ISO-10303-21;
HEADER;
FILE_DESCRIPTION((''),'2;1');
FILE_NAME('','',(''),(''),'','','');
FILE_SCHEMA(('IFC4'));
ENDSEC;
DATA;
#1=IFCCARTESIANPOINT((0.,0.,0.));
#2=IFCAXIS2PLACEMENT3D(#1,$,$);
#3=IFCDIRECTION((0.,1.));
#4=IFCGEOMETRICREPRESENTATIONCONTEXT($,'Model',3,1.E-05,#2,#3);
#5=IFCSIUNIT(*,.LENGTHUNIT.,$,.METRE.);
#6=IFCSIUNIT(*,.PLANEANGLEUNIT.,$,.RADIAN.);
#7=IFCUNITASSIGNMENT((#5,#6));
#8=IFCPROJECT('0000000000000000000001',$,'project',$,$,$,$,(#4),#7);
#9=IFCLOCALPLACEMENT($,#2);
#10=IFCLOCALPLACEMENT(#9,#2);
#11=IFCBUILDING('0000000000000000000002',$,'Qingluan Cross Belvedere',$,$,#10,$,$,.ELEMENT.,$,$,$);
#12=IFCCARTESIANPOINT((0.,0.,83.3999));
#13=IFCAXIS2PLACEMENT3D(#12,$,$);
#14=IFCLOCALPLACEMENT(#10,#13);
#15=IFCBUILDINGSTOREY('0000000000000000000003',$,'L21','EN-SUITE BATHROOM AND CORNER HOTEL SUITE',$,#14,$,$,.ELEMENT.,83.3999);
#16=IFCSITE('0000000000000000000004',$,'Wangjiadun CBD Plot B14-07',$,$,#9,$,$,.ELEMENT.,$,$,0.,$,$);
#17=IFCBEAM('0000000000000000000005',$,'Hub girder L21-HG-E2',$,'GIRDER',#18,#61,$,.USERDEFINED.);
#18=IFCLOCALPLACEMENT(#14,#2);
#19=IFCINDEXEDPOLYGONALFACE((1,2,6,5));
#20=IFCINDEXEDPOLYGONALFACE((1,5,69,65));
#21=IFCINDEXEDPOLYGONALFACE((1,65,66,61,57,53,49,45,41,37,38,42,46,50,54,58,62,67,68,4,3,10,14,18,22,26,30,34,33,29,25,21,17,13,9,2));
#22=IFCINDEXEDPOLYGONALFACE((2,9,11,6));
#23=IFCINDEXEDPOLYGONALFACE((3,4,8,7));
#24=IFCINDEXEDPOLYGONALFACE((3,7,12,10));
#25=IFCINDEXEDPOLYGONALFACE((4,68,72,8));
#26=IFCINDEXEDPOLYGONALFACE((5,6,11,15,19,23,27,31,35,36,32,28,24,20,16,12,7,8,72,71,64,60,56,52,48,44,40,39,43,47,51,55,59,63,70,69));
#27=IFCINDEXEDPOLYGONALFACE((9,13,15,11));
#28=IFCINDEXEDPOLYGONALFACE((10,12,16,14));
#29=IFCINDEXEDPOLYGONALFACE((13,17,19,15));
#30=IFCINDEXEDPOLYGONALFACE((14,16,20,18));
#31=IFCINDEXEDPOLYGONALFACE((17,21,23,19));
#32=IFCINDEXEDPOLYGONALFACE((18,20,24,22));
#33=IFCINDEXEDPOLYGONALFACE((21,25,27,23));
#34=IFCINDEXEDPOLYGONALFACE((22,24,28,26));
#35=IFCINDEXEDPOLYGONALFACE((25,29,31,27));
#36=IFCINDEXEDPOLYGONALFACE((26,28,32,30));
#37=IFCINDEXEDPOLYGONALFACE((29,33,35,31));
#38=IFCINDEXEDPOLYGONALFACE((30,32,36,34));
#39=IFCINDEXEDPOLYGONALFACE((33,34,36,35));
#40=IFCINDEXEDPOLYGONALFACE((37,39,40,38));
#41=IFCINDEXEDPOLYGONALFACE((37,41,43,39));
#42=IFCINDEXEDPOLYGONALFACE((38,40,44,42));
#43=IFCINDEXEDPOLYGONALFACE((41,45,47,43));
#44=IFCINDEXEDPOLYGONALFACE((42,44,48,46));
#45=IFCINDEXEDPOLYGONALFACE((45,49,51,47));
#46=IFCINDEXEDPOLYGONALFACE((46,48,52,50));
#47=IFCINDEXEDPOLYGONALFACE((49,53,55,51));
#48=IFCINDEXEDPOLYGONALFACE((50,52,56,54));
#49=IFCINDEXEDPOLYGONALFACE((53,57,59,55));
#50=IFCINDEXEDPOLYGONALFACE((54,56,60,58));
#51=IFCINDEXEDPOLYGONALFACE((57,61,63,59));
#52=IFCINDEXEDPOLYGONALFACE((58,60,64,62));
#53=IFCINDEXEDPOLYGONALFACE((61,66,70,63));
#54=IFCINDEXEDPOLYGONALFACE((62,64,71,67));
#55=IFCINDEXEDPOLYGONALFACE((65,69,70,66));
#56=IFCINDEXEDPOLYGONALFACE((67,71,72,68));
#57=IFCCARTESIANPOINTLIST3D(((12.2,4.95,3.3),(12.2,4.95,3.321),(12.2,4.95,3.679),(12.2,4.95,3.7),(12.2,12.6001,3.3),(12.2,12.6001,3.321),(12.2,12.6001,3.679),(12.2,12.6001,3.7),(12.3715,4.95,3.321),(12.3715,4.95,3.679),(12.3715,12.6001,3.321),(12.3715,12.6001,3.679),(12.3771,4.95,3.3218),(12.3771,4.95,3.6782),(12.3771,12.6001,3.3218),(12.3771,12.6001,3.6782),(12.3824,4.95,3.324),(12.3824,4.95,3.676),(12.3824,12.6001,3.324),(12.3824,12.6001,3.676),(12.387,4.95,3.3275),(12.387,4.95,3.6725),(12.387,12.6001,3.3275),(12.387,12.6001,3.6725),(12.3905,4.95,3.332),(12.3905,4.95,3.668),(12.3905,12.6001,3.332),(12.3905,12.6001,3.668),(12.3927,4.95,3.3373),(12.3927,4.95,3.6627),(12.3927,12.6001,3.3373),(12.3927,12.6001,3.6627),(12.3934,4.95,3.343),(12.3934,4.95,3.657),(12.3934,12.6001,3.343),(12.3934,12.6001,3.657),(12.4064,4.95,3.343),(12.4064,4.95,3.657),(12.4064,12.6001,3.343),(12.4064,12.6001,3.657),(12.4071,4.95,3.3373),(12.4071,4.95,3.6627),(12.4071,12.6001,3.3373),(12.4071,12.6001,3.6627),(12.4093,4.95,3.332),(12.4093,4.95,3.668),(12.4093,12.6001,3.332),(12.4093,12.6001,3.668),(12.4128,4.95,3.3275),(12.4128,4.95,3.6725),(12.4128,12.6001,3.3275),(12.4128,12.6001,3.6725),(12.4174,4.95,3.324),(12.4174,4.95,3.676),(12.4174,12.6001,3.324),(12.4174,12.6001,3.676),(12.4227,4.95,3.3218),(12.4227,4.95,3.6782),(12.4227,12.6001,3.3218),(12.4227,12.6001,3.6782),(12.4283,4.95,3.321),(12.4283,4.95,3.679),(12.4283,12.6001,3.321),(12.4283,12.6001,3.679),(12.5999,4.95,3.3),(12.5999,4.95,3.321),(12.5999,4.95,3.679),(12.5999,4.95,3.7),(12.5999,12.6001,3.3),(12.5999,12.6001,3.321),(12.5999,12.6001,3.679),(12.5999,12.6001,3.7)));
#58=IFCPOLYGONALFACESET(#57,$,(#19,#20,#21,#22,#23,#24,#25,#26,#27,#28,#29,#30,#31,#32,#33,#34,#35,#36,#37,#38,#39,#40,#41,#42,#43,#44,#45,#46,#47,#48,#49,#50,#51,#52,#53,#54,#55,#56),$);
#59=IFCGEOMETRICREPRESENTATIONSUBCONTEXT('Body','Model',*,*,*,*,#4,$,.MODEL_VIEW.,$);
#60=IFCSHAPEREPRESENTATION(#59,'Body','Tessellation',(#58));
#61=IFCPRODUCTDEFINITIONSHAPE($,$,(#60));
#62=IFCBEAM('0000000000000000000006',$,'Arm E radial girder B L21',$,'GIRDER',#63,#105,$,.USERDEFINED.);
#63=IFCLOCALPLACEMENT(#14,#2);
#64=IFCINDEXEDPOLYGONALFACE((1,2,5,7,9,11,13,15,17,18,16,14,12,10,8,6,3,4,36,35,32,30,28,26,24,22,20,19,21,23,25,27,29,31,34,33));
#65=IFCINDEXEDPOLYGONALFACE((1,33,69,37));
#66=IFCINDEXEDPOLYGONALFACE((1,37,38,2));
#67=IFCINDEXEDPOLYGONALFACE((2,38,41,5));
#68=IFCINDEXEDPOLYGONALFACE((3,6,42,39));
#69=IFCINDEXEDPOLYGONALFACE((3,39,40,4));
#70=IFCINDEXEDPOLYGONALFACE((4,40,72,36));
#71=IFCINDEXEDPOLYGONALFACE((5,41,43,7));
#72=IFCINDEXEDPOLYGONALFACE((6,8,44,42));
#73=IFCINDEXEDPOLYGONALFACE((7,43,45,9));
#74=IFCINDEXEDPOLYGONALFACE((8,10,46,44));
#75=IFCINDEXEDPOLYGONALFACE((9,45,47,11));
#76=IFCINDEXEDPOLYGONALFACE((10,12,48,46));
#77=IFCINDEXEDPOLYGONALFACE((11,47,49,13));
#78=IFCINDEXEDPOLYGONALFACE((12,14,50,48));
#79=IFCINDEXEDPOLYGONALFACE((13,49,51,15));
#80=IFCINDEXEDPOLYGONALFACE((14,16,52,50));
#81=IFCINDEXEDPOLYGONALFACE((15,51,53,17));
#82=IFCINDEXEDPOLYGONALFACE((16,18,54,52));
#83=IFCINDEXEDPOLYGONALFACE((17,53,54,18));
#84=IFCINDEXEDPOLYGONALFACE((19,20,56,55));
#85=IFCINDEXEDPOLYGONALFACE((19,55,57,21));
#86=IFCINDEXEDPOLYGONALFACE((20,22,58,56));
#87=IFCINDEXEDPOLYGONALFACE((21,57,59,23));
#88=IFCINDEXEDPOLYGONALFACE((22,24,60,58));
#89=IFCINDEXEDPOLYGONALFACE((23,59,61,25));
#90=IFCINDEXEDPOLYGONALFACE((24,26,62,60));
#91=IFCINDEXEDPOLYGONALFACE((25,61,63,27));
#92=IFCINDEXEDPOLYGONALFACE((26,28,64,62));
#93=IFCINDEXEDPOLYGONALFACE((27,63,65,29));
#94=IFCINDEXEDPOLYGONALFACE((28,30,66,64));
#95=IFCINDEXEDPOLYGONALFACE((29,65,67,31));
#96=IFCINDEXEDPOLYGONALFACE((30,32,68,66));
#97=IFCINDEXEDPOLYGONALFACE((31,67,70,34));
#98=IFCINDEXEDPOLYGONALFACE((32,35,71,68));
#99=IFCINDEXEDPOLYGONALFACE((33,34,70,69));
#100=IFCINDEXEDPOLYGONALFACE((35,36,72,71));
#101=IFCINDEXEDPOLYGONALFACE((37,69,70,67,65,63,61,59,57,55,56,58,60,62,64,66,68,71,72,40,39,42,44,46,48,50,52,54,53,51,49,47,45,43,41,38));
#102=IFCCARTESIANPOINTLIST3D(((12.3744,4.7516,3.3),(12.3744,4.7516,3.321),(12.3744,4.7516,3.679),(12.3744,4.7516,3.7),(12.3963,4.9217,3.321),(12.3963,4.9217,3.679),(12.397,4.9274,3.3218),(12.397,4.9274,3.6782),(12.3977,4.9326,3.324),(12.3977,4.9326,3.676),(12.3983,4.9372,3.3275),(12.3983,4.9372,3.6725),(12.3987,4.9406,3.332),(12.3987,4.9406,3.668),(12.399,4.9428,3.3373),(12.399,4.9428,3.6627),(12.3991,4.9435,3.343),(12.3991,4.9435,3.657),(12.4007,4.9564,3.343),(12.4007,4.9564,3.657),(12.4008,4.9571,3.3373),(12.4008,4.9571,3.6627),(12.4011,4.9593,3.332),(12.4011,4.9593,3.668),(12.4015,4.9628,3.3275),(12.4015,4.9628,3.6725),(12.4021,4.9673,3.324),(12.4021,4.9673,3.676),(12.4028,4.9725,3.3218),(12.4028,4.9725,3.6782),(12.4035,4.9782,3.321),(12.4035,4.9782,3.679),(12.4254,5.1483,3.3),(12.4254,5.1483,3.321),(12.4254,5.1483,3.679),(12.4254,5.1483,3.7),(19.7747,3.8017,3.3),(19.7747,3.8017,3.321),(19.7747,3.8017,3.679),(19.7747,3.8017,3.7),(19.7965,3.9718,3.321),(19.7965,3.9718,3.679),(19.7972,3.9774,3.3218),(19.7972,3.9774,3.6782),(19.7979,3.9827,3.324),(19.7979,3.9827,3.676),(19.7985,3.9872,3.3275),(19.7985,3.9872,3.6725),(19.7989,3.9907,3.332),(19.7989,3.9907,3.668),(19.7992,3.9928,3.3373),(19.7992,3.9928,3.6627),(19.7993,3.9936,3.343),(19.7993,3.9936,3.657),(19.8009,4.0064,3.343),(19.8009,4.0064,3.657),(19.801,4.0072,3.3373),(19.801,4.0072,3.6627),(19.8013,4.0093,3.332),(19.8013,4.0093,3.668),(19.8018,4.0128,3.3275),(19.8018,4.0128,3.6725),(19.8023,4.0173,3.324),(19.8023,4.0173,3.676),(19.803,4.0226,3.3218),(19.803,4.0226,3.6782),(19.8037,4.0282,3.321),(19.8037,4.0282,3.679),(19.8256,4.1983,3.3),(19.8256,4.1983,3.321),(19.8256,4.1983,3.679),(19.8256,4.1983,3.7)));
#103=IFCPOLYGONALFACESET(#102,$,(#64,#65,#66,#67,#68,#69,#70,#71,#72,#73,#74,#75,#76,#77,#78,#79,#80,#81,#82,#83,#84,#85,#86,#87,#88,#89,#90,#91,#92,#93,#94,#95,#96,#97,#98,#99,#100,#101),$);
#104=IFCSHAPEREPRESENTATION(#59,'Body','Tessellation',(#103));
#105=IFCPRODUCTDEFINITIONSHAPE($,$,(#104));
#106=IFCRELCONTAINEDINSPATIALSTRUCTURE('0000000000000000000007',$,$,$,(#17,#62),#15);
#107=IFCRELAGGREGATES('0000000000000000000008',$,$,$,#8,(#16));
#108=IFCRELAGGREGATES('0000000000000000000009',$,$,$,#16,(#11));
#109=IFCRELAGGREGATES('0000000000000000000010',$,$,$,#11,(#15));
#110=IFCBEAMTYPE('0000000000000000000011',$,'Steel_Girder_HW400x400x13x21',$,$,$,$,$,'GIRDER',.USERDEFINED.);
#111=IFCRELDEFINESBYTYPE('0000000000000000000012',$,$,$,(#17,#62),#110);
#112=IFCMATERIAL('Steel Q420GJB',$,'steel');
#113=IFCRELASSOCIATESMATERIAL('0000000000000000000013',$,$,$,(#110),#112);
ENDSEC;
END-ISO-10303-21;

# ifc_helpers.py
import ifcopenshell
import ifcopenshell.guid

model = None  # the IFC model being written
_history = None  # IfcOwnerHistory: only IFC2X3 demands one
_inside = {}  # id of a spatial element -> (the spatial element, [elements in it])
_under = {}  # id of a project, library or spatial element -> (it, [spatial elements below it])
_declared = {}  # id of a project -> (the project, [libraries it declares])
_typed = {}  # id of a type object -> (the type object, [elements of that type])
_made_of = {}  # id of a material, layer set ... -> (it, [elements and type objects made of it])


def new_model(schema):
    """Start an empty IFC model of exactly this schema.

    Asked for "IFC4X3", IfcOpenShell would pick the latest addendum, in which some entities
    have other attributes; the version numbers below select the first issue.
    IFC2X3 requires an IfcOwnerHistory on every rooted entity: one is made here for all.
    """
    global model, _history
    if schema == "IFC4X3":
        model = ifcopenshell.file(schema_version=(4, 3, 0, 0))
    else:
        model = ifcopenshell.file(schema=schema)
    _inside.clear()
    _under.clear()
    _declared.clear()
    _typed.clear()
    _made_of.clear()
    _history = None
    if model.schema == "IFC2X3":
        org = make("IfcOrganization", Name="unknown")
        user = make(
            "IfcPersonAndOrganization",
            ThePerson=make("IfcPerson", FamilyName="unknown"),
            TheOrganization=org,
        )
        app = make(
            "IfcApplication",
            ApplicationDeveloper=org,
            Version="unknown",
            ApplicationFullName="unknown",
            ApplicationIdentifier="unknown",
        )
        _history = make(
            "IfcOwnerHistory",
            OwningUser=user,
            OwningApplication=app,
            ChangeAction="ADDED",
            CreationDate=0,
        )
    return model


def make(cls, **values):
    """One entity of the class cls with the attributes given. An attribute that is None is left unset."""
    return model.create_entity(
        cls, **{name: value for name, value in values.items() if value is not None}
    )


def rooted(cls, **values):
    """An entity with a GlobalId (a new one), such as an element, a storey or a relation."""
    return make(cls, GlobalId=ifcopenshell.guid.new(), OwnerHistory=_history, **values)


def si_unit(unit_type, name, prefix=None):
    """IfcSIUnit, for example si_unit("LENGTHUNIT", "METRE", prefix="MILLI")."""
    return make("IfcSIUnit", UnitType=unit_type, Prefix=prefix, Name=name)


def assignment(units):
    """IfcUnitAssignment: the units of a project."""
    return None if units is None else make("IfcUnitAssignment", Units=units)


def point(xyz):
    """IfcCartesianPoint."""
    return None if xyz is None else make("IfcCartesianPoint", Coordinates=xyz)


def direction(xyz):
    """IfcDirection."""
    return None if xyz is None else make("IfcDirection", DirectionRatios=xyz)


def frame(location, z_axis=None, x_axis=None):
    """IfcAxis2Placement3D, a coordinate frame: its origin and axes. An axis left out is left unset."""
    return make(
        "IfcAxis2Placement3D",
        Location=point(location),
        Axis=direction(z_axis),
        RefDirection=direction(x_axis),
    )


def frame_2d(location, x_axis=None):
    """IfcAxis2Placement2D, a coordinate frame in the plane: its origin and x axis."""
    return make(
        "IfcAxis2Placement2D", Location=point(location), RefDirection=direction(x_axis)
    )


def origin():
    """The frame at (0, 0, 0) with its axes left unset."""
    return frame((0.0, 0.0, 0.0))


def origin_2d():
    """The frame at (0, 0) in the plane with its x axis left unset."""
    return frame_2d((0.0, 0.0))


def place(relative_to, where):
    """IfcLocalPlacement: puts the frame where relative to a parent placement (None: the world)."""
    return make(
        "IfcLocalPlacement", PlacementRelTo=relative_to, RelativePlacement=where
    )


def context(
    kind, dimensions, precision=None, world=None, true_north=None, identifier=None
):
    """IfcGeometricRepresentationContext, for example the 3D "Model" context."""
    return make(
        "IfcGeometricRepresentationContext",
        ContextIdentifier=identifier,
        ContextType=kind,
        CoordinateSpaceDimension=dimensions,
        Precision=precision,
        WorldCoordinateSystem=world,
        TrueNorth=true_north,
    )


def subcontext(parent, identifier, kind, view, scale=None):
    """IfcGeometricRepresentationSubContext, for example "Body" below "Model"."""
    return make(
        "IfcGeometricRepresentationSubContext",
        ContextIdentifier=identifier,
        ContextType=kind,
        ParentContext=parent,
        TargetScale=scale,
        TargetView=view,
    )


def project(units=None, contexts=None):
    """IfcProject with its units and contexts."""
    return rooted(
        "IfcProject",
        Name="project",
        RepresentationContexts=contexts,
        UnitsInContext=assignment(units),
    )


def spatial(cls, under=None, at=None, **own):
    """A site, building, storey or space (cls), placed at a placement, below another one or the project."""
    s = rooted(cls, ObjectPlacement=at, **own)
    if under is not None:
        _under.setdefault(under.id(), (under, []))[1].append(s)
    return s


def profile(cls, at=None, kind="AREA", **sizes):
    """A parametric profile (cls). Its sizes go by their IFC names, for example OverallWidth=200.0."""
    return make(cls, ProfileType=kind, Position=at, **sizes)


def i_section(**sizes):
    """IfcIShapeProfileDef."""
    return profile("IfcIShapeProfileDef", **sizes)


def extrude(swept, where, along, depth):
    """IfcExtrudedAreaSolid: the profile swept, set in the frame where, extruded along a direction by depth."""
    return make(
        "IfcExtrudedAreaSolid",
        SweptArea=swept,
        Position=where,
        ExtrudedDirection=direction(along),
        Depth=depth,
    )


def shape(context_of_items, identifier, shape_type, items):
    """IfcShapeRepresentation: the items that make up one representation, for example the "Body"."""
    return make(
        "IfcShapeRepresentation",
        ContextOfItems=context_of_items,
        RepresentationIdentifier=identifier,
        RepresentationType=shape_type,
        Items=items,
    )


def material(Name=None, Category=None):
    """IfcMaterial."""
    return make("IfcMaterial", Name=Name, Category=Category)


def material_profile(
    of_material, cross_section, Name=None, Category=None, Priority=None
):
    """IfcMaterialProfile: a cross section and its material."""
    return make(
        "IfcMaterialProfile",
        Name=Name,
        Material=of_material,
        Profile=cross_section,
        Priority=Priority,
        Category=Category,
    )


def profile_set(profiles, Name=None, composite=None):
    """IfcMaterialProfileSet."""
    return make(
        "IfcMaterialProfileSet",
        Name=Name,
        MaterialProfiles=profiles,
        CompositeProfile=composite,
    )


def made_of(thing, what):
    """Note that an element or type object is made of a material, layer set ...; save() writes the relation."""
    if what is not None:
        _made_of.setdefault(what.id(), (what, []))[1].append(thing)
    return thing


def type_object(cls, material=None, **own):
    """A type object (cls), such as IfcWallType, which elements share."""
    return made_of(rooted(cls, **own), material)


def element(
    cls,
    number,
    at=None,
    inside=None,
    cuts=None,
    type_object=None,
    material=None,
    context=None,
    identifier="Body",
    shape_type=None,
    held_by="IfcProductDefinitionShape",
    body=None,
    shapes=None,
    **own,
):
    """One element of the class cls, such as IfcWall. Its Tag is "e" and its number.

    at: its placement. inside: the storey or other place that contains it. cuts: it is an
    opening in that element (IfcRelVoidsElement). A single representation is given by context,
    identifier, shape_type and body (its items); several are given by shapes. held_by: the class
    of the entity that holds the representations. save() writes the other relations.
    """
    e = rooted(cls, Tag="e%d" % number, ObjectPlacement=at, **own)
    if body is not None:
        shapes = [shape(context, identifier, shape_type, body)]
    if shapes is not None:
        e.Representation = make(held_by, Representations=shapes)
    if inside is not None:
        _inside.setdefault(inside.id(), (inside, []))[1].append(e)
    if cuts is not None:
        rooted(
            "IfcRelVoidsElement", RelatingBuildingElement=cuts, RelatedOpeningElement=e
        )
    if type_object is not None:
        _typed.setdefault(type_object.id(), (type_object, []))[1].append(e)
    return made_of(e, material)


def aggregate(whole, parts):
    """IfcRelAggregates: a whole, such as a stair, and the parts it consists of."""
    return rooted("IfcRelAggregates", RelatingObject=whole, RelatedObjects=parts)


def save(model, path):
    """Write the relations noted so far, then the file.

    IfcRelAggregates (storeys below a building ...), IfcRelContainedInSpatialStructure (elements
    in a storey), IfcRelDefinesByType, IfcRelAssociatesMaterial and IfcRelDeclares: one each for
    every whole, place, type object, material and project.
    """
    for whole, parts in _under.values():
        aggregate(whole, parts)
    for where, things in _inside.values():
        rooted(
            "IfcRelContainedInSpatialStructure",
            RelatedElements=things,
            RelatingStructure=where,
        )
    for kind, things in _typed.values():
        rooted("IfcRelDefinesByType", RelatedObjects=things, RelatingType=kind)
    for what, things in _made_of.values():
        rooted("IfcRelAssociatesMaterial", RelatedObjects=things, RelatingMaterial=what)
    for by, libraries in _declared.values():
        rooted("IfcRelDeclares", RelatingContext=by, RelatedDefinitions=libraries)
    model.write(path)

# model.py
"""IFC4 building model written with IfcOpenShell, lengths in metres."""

from ifc_helpers import new_model, si_unit, direction, frame, origin, origin_2d, place, context, subcontext, project, spatial, i_section, extrude, material, material_profile, profile_set, type_object, element, save


model = new_model("IFC4")

# Units and contexts
model_context = context("Model", 3, precision=1e-05, world=origin(), true_north=direction((0.0, 1.0)))
body_context = subcontext(model_context, "Body", "Model", "MODEL_VIEW")
ifc_project = project(units=[si_unit("LENGTHUNIT", "METRE"), si_unit("PLANEANGLEUNIT", "RADIAN")], contexts=[model_context])

# Site, building, storey
site_placement = place(None, origin())
site = spatial("IfcSite", under=ifc_project, at=site_placement, Name="Wangjiadun CBD Plot B14-07", CompositionType="ELEMENT", RefElevation=0.0)
building_placement = place(site_placement, origin())
building = spatial("IfcBuilding", under=site, at=building_placement, Name="Qingluan Cross Belvedere", CompositionType="ELEMENT")
storey_placement = place(building_placement, frame((0.0, 0.0, 83.3999)))
storey = spatial("IfcBuildingStorey", under=building, at=storey_placement, Name="L21", Description="EN-SUITE BATHROOM AND CORNER HOTEL SUITE", CompositionType="ELEMENT", Elevation=83.3999)

# Beams
ifc_material_1 = material(Name="Steel Q420GJB", Category="steel")
ifc_material_profile = material_profile(ifc_material_1, i_section(OverallWidth=0.3999, OverallDepth=0.3999, WebThickness=0.0129, FlangeThickness=0.021, FilletRadius=0.022, at=origin_2d()), Name="HW400x400x13x21")
ifc_profile_set = profile_set([ifc_material_profile], Name="Steel Q420GJB")
beam_type = type_object("IfcBeamType", Name="Steel_Girder_HW400x400x13x21", ElementType="GIRDER", PredefinedType="USERDEFINED", material=ifc_profile_set)
beam_1_placement = place(storey_placement, frame((12.3999, 4.95, 3.5), z_axis=(0.0, 1.0, 0.0), x_axis=(-1.0, 0.0, 0.0)))
element("IfcBeam", 1, at=beam_1_placement, inside=storey, type_object=beam_type, Name="Hub girder L21-HG-E2", ObjectType="GIRDER", PredefinedType="USERDEFINED", context=body_context, shape_type="SweptSolid", body=[
    extrude(i_section(OverallWidth=0.3999, OverallDepth=0.3999, WebThickness=0.0129, FlangeThickness=0.021, FilletRadius=0.022, at=origin_2d()), origin(), (0.0, 0.0, 1.0), 7.6501),
])
beam_2_placement = place(storey_placement, frame((12.3999, 4.95, 3.5), z_axis=(0.991861, -0.127324, 0.0), x_axis=(0.127324, 0.991861, 0.0)))
element("IfcBeam", 2, at=beam_2_placement, inside=storey, type_object=beam_type, Name="Arm E radial girder B L21", ObjectType="GIRDER", PredefinedType="USERDEFINED", context=body_context, shape_type="SweptSolid", body=[
    extrude(i_section(OverallWidth=0.3999, OverallDepth=0.3999, WebThickness=0.0129, FlangeThickness=0.021, FilletRadius=0.022, at=origin_2d()), origin(), (0.0, 0.0, 1.0), 7.4609),
])

save(model, "model.ifc")
